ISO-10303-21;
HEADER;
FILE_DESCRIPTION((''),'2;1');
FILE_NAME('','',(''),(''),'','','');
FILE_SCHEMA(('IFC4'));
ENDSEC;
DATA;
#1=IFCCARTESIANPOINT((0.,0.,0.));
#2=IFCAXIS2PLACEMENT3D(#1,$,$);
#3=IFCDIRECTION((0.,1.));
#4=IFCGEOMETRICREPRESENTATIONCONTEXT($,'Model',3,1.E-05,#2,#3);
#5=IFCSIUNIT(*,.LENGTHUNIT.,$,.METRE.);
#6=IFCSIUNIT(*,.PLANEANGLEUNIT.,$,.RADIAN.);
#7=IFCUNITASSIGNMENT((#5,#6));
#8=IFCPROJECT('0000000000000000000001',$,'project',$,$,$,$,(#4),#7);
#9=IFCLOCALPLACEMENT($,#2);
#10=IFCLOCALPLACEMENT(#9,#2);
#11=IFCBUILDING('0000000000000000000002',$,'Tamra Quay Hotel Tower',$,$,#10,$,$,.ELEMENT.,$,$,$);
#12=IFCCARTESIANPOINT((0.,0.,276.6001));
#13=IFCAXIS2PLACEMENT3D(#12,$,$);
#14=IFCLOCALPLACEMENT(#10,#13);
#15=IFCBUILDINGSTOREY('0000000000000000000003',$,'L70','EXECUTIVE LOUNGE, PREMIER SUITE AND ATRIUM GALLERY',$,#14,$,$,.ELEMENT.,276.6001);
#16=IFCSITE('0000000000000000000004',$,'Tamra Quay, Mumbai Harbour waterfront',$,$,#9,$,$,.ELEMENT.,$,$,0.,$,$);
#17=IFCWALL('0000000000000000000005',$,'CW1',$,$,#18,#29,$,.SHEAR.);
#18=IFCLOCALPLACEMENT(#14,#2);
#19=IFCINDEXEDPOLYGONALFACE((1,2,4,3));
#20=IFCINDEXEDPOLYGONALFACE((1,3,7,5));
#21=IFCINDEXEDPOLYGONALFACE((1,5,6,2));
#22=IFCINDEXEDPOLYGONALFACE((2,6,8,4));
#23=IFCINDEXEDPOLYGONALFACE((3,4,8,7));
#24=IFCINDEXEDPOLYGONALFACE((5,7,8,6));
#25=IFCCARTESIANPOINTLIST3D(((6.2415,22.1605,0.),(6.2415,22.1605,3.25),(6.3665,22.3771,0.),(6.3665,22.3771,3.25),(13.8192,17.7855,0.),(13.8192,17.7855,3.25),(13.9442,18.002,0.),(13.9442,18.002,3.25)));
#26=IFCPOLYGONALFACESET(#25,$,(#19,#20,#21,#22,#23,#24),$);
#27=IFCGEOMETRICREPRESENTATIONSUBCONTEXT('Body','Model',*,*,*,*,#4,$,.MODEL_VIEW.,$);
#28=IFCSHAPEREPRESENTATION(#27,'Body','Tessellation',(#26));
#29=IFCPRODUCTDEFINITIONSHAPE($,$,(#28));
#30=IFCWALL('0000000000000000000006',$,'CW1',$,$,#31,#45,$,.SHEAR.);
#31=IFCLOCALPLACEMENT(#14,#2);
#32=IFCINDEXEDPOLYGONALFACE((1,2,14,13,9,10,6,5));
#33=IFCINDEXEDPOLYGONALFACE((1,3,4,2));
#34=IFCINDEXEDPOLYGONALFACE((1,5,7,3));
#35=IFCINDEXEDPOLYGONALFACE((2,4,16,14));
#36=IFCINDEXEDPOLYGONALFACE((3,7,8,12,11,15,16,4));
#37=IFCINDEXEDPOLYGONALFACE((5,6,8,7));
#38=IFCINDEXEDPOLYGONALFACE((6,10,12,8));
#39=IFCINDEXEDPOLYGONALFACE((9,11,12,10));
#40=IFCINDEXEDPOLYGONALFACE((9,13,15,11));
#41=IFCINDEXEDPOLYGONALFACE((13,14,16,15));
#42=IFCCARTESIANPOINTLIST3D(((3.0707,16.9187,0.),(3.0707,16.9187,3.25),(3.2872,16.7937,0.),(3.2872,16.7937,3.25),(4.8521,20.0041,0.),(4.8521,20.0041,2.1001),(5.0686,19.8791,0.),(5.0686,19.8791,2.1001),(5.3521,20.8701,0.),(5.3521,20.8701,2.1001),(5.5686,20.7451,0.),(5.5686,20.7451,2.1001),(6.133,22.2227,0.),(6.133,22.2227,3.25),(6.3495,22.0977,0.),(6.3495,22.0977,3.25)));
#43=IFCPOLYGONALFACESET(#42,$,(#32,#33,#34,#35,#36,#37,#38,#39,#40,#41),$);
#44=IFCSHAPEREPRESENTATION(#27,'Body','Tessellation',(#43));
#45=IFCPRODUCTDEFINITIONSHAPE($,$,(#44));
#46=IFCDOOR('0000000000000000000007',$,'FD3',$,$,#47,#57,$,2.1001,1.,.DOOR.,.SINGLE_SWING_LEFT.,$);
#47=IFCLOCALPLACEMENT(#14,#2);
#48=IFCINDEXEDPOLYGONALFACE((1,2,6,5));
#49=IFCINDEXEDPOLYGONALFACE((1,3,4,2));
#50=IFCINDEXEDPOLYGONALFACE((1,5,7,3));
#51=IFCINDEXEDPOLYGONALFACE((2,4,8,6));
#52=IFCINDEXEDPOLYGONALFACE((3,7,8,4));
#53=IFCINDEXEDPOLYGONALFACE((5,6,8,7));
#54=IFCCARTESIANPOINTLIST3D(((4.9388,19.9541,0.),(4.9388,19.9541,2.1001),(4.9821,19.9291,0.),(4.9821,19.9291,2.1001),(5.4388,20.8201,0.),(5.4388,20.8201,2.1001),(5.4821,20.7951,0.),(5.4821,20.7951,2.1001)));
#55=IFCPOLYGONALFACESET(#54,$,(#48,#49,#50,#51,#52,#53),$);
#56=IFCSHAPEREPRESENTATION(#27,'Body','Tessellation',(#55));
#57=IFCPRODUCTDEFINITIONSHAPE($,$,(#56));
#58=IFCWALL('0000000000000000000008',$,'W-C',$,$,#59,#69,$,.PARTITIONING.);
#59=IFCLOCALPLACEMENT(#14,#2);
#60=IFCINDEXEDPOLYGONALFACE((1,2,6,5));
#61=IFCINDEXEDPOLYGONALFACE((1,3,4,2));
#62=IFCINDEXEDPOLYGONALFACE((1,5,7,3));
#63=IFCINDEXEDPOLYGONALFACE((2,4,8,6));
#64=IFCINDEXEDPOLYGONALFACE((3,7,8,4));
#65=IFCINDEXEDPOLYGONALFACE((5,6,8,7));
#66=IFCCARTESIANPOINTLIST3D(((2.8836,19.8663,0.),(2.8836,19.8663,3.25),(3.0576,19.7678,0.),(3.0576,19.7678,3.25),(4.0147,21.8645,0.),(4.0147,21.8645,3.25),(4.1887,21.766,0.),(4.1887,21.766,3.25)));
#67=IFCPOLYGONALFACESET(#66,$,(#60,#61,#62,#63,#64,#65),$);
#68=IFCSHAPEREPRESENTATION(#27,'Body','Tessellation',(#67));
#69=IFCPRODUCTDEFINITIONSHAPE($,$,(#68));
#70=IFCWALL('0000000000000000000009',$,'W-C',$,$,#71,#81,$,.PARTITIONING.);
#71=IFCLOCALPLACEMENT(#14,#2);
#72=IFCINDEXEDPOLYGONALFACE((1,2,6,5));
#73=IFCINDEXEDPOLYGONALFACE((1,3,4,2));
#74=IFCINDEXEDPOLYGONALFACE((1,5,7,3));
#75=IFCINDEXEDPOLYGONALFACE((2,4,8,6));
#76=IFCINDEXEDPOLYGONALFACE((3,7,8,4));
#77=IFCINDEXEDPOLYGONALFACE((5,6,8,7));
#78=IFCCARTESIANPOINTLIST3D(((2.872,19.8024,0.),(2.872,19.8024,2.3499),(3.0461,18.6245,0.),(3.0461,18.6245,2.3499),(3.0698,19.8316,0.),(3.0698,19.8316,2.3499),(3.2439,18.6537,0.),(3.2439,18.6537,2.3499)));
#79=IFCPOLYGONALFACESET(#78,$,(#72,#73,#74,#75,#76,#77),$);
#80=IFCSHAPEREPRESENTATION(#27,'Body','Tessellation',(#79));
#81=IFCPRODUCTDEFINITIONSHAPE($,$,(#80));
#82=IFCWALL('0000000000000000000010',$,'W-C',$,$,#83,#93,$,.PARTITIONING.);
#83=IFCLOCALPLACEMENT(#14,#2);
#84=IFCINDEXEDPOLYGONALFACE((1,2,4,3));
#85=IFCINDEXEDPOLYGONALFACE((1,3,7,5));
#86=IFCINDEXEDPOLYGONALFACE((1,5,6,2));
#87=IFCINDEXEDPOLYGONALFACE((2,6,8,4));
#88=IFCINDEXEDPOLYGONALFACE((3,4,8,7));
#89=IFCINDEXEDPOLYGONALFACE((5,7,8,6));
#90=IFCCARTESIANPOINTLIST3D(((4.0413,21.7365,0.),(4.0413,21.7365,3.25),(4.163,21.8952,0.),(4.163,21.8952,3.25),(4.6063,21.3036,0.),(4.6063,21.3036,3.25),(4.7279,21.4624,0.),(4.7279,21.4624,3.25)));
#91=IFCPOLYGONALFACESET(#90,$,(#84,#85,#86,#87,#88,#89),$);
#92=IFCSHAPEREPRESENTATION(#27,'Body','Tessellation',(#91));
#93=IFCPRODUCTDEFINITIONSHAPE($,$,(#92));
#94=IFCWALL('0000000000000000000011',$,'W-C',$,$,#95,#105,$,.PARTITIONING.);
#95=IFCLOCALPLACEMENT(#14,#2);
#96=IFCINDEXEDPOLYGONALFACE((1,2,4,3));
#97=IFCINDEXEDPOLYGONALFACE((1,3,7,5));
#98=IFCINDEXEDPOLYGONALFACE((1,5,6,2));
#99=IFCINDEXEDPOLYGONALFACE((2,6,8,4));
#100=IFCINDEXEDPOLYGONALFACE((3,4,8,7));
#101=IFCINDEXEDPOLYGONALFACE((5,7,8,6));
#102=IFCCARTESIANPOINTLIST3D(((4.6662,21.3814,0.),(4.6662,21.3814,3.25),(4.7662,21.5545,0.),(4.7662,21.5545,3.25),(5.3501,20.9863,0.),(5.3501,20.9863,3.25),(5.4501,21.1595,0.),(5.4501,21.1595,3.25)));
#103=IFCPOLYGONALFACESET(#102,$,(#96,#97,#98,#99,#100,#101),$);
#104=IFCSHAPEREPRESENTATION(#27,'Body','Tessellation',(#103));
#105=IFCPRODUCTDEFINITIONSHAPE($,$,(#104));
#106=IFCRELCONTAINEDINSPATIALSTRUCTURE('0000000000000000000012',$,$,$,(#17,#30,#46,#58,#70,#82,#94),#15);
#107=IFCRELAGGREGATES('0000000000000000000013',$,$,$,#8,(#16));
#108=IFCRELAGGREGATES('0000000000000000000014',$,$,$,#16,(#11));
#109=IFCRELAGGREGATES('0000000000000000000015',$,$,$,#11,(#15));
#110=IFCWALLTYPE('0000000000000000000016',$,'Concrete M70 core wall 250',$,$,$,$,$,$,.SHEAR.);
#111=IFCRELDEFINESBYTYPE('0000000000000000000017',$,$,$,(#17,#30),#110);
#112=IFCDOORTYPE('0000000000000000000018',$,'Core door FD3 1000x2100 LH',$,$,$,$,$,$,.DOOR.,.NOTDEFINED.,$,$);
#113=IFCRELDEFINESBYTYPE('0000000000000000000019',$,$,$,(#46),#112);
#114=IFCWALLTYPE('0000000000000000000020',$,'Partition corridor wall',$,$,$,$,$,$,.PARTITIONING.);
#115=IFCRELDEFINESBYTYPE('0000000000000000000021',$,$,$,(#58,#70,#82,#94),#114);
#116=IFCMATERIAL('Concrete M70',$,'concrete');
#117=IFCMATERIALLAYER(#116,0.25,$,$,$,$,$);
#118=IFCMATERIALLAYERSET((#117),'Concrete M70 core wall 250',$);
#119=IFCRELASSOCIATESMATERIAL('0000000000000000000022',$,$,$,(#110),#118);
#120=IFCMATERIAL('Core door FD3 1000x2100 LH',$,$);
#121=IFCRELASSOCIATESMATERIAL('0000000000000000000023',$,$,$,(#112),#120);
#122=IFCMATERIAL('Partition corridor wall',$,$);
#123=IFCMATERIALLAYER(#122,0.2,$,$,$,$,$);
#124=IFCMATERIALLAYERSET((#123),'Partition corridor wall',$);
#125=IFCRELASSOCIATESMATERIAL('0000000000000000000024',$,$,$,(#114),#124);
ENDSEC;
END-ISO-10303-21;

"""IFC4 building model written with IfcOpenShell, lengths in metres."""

from ifc_helpers import new_model, si_unit, direction, frame, frame_2d, origin, place, context, subcontext, project, spatial, rectangle, extrude, material, layer, layer_set, type_object, element, fill, save


model = new_model("IFC4")

# Units and contexts
model_context = context("Model", 3, precision=1e-05, world=origin(), true_north=direction((0.0, 1.0)))
body_context = subcontext(model_context, "Body", "Model", "MODEL_VIEW")
ifc_project = project(units=[si_unit("LENGTHUNIT", "METRE"), si_unit("PLANEANGLEUNIT", "RADIAN")], contexts=[model_context])

# Site, building, storey
site_placement = place(None, origin())
site = spatial("IfcSite", under=ifc_project, at=site_placement, Name="Tamra Quay, Mumbai Harbour waterfront", CompositionType="ELEMENT", RefElevation=0.0)
building_placement = place(site_placement, origin())
building = spatial("IfcBuilding", under=site, at=building_placement, Name="Tamra Quay Hotel Tower", CompositionType="ELEMENT")
storey_placement = place(building_placement, frame((0.0, 0.0, 276.6001)))
storey = spatial("IfcBuildingStorey", under=building, at=storey_placement, Name="L70", Description="EXECUTIVE LOUNGE, PREMIER SUITE AND ATRIUM GALLERY", CompositionType="ELEMENT", Elevation=276.6001)

# Shared definitions
ifc_material_1 = material(Name="Concrete M70", Category="concrete")

# Wall
ifc_layer_1 = layer(ifc_material_1, 0.25)
ifc_layer_set_1 = layer_set([ifc_layer_1], Name="Concrete M70 core wall 250")
wall_type_1 = type_object("IfcWallType", Name="Concrete M70 core wall 250", PredefinedType="SHEAR", material=ifc_layer_set_1)
wall_1_placement = place(storey_placement, frame((6.304, 22.2688, 0.0), z_axis=(0.0, 0.0, 1.0), x_axis=(0.866023, -0.500004, 0.0)))
element("IfcWall", 1, at=wall_1_placement, inside=storey, type_object=wall_type_1, Name="CW1", PredefinedType="SHEAR", context=body_context, shape_type="SweptSolid", body=[
    extrude(rectangle(XDim=8.75, YDim=0.25, at=frame_2d((4.375, 0.0))), origin(), (0.0, 0.0, 1.0), 3.25),
])

# Wall, opening, door
wall_2_placement = place(storey_placement, frame((3.179, 16.8562, 0.0), z_axis=(0.0, 0.0, 1.0), x_axis=(0.500002, 0.866024, 0.0)))
wall_2 = element("IfcWall", 2, at=wall_2_placement, inside=storey, type_object=wall_type_1, Name="CW1", PredefinedType="SHEAR", context=body_context, shape_type="SweptSolid", body=[
    extrude(rectangle(XDim=6.1245, YDim=0.25, at=frame_2d((3.0623, 0.0))), origin(), (0.0, 0.0, 1.0), 3.25),
])
opening_1_placement = place(wall_2_placement, frame((3.5627, 0.0, 0.0)))
opening_1 = element("IfcOpeningElement", 3, at=opening_1_placement, cuts=wall_2, PredefinedType="OPENING", context=body_context, shape_type="SweptSolid", body=[
    extrude(rectangle(XDim=1.0, YDim=2.1001, at=frame_2d((0.5, 1.05))), frame((0.0, 0.135, 0.0), z_axis=(0.0, -1.0, 0.0), x_axis=(1.0, 0.0, 0.0)), (0.0, 0.0, 1.0), 0.27),
])
ifc_material_2 = material(Name="Core door FD3 1000x2100 LH")
door_type_1 = type_object("IfcDoorType", Name="Core door FD3 1000x2100 LH", OperationType="NOTDEFINED", PredefinedType="DOOR", material=ifc_material_2)
door_1_placement = place(opening_1_placement, origin())
door_1 = element("IfcDoor", 4, at=door_1_placement, inside=storey, type_object=door_type_1, Name="FD3", OperationType="SINGLE_SWING_LEFT", OverallHeight=2.1001, OverallWidth=1.0, PredefinedType="DOOR", context=body_context, shape_type="SweptSolid", body=[
    extrude(rectangle(XDim=1.0, YDim=2.1001, at=frame_2d((0.5, 1.05))), frame((0.0, 0.0249, 0.0), z_axis=(0.0, -1.0, 0.0), x_axis=(1.0, 0.0, 0.0)), (0.0, 0.0, 1.0), 0.05),
])
fill(opening_1, door_1)

# Walls
ifc_material_3 = material(Name="Partition corridor wall")
ifc_layer_2 = layer(ifc_material_3, 0.2)
ifc_layer_set_2 = layer_set([ifc_layer_2], Name="Partition corridor wall")
wall_type_2 = type_object("IfcWallType", Name="Partition corridor wall", PredefinedType="PARTITIONING", material=ifc_layer_set_2)
wall_3_placement = place(storey_placement, frame((2.9707, 19.8171, 0.0), z_axis=(0.0, 0.0, 1.0), x_axis=(0.492597, 0.870258, 0.0)))
element("IfcWall", 5, at=wall_3_placement, inside=storey, type_object=wall_type_2, Name="W-C", PredefinedType="PARTITIONING", context=body_context, shape_type="SweptSolid", body=[
    extrude(rectangle(XDim=2.2961, YDim=0.2, at=frame_2d((1.1479, 0.0))), origin(), (0.0, 0.0, 1.0), 3.25),
])
wall_4_placement = place(storey_placement, frame((2.9709, 19.8169, 0.0), z_axis=(0.0, 0.0, 1.0), x_axis=(0.146185, -0.989257, 0.0)))
element("IfcWall", 6, at=wall_4_placement, inside=storey, type_object=wall_type_2, Name="W-C", PredefinedType="PARTITIONING", context=body_context, shape_type="SweptSolid", body=[
    extrude(rectangle(XDim=1.1907, YDim=0.2, at=frame_2d((0.5952, 0.0))), origin(), (0.0, 0.0, 1.0), 2.3499),
])
wall_5_placement = place(storey_placement, frame((4.1021, 21.8159, 0.0), z_axis=(0.0, 0.0, 1.0), x_axis=(0.793783, -0.608201, 0.0)))
element("IfcWall", 7, at=wall_5_placement, inside=storey, type_object=wall_type_2, Name="W-C", PredefinedType="PARTITIONING", context=body_context, shape_type="SweptSolid", body=[
    extrude(rectangle(XDim=0.7117, YDim=0.2, at=frame_2d((0.356, 0.0))), origin(), (0.0, 0.0, 1.0), 3.25),
])
wall_6_placement = place(storey_placement, frame((4.7161, 21.468, 0.0), z_axis=(0.0, 0.0, 1.0), x_axis=(0.865913, -0.500195, 0.0)))
element("IfcWall", 8, at=wall_6_placement, inside=storey, type_object=wall_type_2, Name="W-C", PredefinedType="PARTITIONING", context=body_context, shape_type="SweptSolid", body=[
    extrude(rectangle(XDim=0.7898, YDim=0.2, at=frame_2d((0.395, 0.0))), origin(), (0.0, 0.0, 1.0), 3.25),
])

save(model, "model.ifc")
